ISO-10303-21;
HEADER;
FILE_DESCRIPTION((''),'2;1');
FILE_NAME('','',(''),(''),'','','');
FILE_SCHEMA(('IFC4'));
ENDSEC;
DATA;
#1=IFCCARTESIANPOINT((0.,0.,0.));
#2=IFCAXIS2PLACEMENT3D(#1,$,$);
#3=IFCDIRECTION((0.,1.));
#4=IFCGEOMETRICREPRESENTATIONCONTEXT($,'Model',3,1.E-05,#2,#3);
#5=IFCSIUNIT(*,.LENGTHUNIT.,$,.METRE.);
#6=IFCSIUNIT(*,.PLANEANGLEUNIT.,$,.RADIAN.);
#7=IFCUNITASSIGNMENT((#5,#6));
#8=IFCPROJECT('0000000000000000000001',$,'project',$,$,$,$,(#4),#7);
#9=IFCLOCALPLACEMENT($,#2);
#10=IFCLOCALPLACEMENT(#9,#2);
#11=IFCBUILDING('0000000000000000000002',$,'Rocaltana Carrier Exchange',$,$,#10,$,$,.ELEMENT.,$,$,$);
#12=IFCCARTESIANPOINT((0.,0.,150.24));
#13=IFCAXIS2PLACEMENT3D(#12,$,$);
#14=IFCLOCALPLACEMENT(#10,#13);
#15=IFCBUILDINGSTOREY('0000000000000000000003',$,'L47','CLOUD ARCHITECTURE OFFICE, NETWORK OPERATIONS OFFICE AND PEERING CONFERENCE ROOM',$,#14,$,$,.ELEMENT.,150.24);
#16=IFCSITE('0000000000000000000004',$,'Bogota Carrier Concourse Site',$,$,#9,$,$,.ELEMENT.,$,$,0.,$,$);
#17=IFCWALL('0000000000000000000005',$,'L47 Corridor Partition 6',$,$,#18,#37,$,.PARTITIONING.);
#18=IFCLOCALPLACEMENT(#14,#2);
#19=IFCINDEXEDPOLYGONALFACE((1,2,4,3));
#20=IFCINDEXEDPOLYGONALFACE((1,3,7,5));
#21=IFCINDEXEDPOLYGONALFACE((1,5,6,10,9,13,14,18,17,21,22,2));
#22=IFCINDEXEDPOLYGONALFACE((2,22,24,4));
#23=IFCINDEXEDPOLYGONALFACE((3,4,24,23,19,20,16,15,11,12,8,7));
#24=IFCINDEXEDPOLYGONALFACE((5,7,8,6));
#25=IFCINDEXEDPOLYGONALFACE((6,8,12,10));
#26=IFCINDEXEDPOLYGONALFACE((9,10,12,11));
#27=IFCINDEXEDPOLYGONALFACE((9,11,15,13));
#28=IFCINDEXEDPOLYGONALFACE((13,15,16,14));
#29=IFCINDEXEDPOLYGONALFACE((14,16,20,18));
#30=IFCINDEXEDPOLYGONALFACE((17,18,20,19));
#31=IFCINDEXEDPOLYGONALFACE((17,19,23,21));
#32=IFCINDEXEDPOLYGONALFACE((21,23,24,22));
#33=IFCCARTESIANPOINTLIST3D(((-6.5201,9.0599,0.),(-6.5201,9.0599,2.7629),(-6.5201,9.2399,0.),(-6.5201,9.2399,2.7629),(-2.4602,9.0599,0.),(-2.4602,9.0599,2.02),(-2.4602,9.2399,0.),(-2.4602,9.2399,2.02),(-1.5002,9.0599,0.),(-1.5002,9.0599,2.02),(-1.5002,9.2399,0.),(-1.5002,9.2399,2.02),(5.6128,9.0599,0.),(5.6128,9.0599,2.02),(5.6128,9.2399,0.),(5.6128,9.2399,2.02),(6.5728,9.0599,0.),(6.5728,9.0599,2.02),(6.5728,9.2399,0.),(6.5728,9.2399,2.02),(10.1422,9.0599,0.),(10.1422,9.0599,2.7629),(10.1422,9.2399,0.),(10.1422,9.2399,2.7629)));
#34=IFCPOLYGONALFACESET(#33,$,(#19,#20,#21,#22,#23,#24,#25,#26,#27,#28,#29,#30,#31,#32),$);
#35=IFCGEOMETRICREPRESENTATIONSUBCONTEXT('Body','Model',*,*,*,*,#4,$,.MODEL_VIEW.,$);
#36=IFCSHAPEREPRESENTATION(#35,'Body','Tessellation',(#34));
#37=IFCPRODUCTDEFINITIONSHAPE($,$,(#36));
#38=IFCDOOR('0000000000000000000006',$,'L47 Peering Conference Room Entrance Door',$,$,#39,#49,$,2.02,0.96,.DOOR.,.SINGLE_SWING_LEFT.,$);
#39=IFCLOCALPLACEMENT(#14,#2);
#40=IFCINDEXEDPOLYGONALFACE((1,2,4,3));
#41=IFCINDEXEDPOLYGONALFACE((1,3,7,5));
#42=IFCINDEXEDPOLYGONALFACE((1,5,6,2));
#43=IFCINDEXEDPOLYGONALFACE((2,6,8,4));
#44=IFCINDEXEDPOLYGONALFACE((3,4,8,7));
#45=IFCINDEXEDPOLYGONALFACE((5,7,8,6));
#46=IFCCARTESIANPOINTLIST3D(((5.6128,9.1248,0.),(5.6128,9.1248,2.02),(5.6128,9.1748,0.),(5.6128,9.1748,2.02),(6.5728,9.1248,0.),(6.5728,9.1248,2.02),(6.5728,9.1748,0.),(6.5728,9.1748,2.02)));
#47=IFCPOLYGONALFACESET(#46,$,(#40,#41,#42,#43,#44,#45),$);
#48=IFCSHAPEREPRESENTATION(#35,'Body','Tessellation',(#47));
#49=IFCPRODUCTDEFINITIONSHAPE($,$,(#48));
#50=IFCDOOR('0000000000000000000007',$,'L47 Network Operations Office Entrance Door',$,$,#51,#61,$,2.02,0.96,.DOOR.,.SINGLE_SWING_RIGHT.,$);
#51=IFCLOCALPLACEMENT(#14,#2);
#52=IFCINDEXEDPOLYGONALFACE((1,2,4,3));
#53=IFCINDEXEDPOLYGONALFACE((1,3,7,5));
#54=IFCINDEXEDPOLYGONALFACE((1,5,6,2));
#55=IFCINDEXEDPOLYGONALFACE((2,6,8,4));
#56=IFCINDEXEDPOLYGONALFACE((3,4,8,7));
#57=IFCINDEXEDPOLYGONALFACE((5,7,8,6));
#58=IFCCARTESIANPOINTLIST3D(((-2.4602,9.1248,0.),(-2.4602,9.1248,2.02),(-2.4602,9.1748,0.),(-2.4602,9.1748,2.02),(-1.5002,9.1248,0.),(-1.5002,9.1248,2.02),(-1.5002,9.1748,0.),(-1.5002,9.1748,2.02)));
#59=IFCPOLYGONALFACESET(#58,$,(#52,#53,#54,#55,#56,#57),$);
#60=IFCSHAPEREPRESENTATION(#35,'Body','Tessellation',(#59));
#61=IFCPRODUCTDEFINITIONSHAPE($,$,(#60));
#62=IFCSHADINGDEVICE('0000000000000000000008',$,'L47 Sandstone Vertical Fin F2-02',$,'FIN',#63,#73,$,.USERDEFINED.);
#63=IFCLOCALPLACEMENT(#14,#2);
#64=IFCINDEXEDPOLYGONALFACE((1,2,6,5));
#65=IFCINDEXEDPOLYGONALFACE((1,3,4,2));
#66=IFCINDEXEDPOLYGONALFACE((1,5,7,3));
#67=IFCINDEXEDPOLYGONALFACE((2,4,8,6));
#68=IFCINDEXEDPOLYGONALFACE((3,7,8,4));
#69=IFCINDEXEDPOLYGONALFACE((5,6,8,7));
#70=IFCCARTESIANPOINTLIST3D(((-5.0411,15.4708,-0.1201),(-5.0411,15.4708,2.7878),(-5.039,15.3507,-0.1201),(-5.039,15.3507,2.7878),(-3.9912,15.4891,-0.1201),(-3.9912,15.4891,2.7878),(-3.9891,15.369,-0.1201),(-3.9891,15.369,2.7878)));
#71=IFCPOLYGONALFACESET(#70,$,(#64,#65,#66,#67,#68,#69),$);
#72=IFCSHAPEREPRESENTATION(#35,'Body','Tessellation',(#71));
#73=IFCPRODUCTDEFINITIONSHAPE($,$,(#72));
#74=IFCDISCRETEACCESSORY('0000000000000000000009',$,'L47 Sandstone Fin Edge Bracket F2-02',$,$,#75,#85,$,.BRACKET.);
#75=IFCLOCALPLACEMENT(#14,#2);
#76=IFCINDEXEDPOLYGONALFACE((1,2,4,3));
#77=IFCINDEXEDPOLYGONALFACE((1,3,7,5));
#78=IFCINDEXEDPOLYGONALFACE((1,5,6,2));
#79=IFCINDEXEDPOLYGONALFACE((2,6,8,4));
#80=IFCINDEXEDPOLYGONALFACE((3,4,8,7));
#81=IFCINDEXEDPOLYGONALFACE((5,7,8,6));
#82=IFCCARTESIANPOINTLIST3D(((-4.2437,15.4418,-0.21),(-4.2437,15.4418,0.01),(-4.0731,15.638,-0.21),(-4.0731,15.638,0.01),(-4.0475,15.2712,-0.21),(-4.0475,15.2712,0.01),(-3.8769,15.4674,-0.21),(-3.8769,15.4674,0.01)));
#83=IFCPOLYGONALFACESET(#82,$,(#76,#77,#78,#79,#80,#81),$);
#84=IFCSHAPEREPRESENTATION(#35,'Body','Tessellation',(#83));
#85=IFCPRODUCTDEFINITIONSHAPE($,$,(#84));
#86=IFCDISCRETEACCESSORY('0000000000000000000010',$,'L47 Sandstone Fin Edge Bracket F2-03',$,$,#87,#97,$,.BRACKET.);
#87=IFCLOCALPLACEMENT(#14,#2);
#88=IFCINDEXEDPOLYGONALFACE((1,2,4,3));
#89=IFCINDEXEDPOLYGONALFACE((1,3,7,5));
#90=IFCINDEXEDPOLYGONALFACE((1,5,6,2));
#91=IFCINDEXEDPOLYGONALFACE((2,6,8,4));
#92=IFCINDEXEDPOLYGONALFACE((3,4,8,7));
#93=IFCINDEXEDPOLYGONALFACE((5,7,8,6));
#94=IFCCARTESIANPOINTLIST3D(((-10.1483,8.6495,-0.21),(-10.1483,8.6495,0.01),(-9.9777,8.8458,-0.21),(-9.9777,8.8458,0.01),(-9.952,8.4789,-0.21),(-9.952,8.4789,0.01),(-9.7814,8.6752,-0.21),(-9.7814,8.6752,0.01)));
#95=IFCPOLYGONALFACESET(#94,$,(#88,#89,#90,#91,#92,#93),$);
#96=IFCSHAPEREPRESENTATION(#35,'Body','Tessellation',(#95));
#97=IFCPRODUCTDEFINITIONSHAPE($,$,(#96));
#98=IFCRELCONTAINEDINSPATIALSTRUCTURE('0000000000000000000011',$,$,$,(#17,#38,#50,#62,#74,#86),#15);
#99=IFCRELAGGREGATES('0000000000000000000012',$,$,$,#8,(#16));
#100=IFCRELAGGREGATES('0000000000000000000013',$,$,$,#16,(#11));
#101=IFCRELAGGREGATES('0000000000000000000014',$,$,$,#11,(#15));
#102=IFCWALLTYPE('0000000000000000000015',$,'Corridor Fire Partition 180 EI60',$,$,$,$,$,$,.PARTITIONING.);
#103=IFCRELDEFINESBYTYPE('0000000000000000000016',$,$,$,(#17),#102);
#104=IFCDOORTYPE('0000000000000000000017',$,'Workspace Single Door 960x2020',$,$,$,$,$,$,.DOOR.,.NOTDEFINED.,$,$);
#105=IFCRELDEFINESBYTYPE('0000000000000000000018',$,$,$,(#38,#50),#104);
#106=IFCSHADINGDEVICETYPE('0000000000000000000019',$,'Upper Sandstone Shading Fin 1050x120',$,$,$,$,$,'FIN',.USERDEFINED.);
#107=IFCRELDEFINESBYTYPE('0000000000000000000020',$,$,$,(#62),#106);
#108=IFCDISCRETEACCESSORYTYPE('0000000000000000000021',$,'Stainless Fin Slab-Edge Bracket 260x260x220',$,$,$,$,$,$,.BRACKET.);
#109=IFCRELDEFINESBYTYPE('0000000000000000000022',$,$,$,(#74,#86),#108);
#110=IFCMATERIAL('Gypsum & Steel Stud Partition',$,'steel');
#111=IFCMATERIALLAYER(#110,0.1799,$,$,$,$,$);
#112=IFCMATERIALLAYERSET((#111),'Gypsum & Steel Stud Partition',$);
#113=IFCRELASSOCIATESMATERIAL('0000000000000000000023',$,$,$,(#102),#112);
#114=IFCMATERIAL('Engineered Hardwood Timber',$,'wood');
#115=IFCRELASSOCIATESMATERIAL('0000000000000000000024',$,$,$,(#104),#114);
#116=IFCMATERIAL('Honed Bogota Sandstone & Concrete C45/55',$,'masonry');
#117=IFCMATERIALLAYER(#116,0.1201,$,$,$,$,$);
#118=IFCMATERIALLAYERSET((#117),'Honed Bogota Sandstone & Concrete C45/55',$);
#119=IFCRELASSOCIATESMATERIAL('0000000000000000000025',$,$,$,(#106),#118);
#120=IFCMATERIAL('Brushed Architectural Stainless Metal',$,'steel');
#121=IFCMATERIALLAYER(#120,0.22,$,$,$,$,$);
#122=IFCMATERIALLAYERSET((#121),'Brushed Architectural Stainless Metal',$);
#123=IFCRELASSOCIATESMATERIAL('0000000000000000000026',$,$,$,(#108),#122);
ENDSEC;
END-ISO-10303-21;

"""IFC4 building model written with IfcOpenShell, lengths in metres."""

from ifc_helpers import new_model, si_unit, direction, frame, frame_2d, origin, origin_2d, place, context, subcontext, project, spatial, rectangle, extrude, material, layer, layer_set, type_object, element, fill, save


model = new_model("IFC4")

# Units and contexts
model_context = context("Model", 3, precision=1e-05, world=origin(), true_north=direction((0.0, 1.0)))
body_context = subcontext(model_context, "Body", "Model", "MODEL_VIEW")
ifc_project = project(units=[si_unit("LENGTHUNIT", "METRE"), si_unit("PLANEANGLEUNIT", "RADIAN")], contexts=[model_context])

# Site, building, storey
site_placement = place(None, origin())
site = spatial("IfcSite", under=ifc_project, at=site_placement, Name="Bogota Carrier Concourse Site", CompositionType="ELEMENT", RefElevation=0.0)
building_placement = place(site_placement, origin())
building = spatial("IfcBuilding", under=site, at=building_placement, Name="Rocaltana Carrier Exchange", CompositionType="ELEMENT")
storey_placement = place(building_placement, frame((0.0, 0.0, 150.24)))
storey = spatial("IfcBuildingStorey", under=building, at=storey_placement, Name="L47", Description="CLOUD ARCHITECTURE OFFICE, NETWORK OPERATIONS OFFICE AND PEERING CONFERENCE ROOM", CompositionType="ELEMENT", Elevation=150.24)

# Shared definitions
ifc_material_1 = material(Name="Gypsum & Steel Stud Partition", Category="steel")
ifc_layer_1 = layer(ifc_material_1, 0.1799)
ifc_layer_set_1 = layer_set([ifc_layer_1], Name="Gypsum & Steel Stud Partition")
wall_type = type_object("IfcWallType", Name="Corridor Fire Partition 180 EI60", PredefinedType="PARTITIONING", material=ifc_layer_set_1)

# Wall, openings, doors
wall_1_placement = place(storey_placement, frame((-6.52, 9.1499, 0.0), z_axis=(0.0, 0.0, 1.0), x_axis=(1.0, 0.0, 0.0)))
wall_1 = element("IfcWall", 1, at=wall_1_placement, inside=storey, type_object=wall_type, Name="L47 Corridor Partition 6", PredefinedType="PARTITIONING", context=body_context, shape_type="SweptSolid", body=[
    extrude(rectangle(XDim=16.6624, YDim=0.1799, at=frame_2d((8.3311, 0.0))), origin(), (0.0, 0.0, 1.0), 2.7629),
])
opening_1_placement = place(wall_1_placement, frame((12.1328, 0.0, 0.0)))
opening_1 = element("IfcOpeningElement", 2, at=opening_1_placement, cuts=wall_1, PredefinedType="OPENING", context=body_context, shape_type="SweptSolid", body=[
    extrude(rectangle(XDim=0.96, YDim=2.02, at=frame_2d((0.48, 1.01))), frame((0.0, 0.0999, 0.0), z_axis=(0.0, -1.0, 0.0), x_axis=(1.0, 0.0, 0.0)), (0.0, 0.0, 1.0), 0.2),
])
opening_2_placement = place(wall_1_placement, frame((4.0598, 0.0, 0.0)))
opening_2 = element("IfcOpeningElement", 3, at=opening_2_placement, cuts=wall_1, PredefinedType="OPENING", context=body_context, shape_type="SweptSolid", body=[
    extrude(rectangle(XDim=0.96, YDim=2.02, at=frame_2d((0.48, 1.01))), frame((0.0, 0.0999, 0.0), z_axis=(0.0, -1.0, 0.0), x_axis=(1.0, 0.0, 0.0)), (0.0, 0.0, 1.0), 0.2),
])
ifc_material_2 = material(Name="Engineered Hardwood Timber", Category="wood")
door_type = type_object("IfcDoorType", Name="Workspace Single Door 960x2020", OperationType="NOTDEFINED", PredefinedType="DOOR", material=ifc_material_2)
door_1_placement = place(opening_1_placement, origin())
door_1 = element("IfcDoor", 4, at=door_1_placement, inside=storey, type_object=door_type, Name="L47 Peering Conference Room Entrance Door", OperationType="SINGLE_SWING_LEFT", OverallHeight=2.02, OverallWidth=0.96, PredefinedType="DOOR", context=body_context, shape_type="SweptSolid", body=[
    extrude(rectangle(XDim=0.96, YDim=2.02, at=frame_2d((0.48, 1.01))), frame((0.0, 0.0249, 0.0), z_axis=(0.0, -1.0, 0.0), x_axis=(1.0, 0.0, 0.0)), (0.0, 0.0, 1.0), 0.05),
])
fill(opening_1, door_1)
door_2_placement = place(opening_2_placement, origin())
door_2 = element("IfcDoor", 5, at=door_2_placement, inside=storey, type_object=door_type, Name="L47 Network Operations Office Entrance Door", OperationType="SINGLE_SWING_RIGHT", OverallHeight=2.02, OverallWidth=0.96, PredefinedType="DOOR", context=body_context, shape_type="SweptSolid", body=[
    extrude(rectangle(XDim=0.96, YDim=2.02, at=frame_2d((0.48, 1.01))), frame((0.0, 0.0249, 0.0), z_axis=(0.0, -1.0, 0.0), x_axis=(1.0, 0.0, 0.0)), (0.0, 0.0, 1.0), 0.05),
])
fill(opening_2, door_2)

# Shading device
ifc_material_3 = material(Name="Honed Bogota Sandstone & Concrete C45/55", Category="masonry")
ifc_layer_2 = layer(ifc_material_3, 0.1201)
ifc_layer_set_2 = layer_set([ifc_layer_2], Name="Honed Bogota Sandstone & Concrete C45/55")
shading_device_type = type_object("IfcShadingDeviceType", Name="Upper Sandstone Shading Fin 1050x120", ElementType="FIN", PredefinedType="USERDEFINED", material=ifc_layer_set_2)
shading_device_placement = place(storey_placement, frame((-4.5151, 15.4199, -0.1201), z_axis=(0.0, 0.0, 1.0), x_axis=(-0.999848, -0.017452, 0.0)))
element("IfcShadingDevice", 6, at=shading_device_placement, inside=storey, type_object=shading_device_type, Name="L47 Sandstone Vertical Fin F2-02", ObjectType="FIN", PredefinedType="USERDEFINED", context=body_context, shape_type="SweptSolid", body=[
    extrude(rectangle(XDim=1.05, YDim=0.1201, at=origin_2d()), origin(), (0.0, 0.0, 1.0), 2.908),
])

# Discrete accessories
ifc_material_4 = material(Name="Brushed Architectural Stainless Metal", Category="steel")
ifc_layer_3 = layer(ifc_material_4, 0.22)
ifc_layer_set_3 = layer_set([ifc_layer_3], Name="Brushed Architectural Stainless Metal")
discrete_accessory_type = type_object("IfcDiscreteAccessoryType", Name="Stainless Fin Slab-Edge Bracket 260x260x220", PredefinedType="BRACKET", material=ifc_layer_set_3)
for number, where, z_axis, x_axis, name in (
    (7, (-4.0603, 15.4546, -0.21), (0.0, 0.0, 1.0), (-0.656059, -0.75471, 0.0), "L47 Sandstone Fin Edge Bracket F2-02"),
    (8, (-9.9648, 8.6624, -0.21), (0.0, 0.0, 1.0), (-0.656059, -0.75471, 0.0), "L47 Sandstone Fin Edge Bracket F2-03"),
):
    element("IfcDiscreteAccessory", number, at=place(storey_placement, frame(where, z_axis=z_axis, x_axis=x_axis)), inside=storey, type_object=discrete_accessory_type, Name=name, PredefinedType="BRACKET", context=body_context, shape_type="SweptSolid", body=[
        extrude(rectangle(XDim=0.26, YDim=0.26, at=origin_2d()), origin(), (0.0, 0.0, 1.0), 0.22),
    ])

save(model, "model.ifc")
